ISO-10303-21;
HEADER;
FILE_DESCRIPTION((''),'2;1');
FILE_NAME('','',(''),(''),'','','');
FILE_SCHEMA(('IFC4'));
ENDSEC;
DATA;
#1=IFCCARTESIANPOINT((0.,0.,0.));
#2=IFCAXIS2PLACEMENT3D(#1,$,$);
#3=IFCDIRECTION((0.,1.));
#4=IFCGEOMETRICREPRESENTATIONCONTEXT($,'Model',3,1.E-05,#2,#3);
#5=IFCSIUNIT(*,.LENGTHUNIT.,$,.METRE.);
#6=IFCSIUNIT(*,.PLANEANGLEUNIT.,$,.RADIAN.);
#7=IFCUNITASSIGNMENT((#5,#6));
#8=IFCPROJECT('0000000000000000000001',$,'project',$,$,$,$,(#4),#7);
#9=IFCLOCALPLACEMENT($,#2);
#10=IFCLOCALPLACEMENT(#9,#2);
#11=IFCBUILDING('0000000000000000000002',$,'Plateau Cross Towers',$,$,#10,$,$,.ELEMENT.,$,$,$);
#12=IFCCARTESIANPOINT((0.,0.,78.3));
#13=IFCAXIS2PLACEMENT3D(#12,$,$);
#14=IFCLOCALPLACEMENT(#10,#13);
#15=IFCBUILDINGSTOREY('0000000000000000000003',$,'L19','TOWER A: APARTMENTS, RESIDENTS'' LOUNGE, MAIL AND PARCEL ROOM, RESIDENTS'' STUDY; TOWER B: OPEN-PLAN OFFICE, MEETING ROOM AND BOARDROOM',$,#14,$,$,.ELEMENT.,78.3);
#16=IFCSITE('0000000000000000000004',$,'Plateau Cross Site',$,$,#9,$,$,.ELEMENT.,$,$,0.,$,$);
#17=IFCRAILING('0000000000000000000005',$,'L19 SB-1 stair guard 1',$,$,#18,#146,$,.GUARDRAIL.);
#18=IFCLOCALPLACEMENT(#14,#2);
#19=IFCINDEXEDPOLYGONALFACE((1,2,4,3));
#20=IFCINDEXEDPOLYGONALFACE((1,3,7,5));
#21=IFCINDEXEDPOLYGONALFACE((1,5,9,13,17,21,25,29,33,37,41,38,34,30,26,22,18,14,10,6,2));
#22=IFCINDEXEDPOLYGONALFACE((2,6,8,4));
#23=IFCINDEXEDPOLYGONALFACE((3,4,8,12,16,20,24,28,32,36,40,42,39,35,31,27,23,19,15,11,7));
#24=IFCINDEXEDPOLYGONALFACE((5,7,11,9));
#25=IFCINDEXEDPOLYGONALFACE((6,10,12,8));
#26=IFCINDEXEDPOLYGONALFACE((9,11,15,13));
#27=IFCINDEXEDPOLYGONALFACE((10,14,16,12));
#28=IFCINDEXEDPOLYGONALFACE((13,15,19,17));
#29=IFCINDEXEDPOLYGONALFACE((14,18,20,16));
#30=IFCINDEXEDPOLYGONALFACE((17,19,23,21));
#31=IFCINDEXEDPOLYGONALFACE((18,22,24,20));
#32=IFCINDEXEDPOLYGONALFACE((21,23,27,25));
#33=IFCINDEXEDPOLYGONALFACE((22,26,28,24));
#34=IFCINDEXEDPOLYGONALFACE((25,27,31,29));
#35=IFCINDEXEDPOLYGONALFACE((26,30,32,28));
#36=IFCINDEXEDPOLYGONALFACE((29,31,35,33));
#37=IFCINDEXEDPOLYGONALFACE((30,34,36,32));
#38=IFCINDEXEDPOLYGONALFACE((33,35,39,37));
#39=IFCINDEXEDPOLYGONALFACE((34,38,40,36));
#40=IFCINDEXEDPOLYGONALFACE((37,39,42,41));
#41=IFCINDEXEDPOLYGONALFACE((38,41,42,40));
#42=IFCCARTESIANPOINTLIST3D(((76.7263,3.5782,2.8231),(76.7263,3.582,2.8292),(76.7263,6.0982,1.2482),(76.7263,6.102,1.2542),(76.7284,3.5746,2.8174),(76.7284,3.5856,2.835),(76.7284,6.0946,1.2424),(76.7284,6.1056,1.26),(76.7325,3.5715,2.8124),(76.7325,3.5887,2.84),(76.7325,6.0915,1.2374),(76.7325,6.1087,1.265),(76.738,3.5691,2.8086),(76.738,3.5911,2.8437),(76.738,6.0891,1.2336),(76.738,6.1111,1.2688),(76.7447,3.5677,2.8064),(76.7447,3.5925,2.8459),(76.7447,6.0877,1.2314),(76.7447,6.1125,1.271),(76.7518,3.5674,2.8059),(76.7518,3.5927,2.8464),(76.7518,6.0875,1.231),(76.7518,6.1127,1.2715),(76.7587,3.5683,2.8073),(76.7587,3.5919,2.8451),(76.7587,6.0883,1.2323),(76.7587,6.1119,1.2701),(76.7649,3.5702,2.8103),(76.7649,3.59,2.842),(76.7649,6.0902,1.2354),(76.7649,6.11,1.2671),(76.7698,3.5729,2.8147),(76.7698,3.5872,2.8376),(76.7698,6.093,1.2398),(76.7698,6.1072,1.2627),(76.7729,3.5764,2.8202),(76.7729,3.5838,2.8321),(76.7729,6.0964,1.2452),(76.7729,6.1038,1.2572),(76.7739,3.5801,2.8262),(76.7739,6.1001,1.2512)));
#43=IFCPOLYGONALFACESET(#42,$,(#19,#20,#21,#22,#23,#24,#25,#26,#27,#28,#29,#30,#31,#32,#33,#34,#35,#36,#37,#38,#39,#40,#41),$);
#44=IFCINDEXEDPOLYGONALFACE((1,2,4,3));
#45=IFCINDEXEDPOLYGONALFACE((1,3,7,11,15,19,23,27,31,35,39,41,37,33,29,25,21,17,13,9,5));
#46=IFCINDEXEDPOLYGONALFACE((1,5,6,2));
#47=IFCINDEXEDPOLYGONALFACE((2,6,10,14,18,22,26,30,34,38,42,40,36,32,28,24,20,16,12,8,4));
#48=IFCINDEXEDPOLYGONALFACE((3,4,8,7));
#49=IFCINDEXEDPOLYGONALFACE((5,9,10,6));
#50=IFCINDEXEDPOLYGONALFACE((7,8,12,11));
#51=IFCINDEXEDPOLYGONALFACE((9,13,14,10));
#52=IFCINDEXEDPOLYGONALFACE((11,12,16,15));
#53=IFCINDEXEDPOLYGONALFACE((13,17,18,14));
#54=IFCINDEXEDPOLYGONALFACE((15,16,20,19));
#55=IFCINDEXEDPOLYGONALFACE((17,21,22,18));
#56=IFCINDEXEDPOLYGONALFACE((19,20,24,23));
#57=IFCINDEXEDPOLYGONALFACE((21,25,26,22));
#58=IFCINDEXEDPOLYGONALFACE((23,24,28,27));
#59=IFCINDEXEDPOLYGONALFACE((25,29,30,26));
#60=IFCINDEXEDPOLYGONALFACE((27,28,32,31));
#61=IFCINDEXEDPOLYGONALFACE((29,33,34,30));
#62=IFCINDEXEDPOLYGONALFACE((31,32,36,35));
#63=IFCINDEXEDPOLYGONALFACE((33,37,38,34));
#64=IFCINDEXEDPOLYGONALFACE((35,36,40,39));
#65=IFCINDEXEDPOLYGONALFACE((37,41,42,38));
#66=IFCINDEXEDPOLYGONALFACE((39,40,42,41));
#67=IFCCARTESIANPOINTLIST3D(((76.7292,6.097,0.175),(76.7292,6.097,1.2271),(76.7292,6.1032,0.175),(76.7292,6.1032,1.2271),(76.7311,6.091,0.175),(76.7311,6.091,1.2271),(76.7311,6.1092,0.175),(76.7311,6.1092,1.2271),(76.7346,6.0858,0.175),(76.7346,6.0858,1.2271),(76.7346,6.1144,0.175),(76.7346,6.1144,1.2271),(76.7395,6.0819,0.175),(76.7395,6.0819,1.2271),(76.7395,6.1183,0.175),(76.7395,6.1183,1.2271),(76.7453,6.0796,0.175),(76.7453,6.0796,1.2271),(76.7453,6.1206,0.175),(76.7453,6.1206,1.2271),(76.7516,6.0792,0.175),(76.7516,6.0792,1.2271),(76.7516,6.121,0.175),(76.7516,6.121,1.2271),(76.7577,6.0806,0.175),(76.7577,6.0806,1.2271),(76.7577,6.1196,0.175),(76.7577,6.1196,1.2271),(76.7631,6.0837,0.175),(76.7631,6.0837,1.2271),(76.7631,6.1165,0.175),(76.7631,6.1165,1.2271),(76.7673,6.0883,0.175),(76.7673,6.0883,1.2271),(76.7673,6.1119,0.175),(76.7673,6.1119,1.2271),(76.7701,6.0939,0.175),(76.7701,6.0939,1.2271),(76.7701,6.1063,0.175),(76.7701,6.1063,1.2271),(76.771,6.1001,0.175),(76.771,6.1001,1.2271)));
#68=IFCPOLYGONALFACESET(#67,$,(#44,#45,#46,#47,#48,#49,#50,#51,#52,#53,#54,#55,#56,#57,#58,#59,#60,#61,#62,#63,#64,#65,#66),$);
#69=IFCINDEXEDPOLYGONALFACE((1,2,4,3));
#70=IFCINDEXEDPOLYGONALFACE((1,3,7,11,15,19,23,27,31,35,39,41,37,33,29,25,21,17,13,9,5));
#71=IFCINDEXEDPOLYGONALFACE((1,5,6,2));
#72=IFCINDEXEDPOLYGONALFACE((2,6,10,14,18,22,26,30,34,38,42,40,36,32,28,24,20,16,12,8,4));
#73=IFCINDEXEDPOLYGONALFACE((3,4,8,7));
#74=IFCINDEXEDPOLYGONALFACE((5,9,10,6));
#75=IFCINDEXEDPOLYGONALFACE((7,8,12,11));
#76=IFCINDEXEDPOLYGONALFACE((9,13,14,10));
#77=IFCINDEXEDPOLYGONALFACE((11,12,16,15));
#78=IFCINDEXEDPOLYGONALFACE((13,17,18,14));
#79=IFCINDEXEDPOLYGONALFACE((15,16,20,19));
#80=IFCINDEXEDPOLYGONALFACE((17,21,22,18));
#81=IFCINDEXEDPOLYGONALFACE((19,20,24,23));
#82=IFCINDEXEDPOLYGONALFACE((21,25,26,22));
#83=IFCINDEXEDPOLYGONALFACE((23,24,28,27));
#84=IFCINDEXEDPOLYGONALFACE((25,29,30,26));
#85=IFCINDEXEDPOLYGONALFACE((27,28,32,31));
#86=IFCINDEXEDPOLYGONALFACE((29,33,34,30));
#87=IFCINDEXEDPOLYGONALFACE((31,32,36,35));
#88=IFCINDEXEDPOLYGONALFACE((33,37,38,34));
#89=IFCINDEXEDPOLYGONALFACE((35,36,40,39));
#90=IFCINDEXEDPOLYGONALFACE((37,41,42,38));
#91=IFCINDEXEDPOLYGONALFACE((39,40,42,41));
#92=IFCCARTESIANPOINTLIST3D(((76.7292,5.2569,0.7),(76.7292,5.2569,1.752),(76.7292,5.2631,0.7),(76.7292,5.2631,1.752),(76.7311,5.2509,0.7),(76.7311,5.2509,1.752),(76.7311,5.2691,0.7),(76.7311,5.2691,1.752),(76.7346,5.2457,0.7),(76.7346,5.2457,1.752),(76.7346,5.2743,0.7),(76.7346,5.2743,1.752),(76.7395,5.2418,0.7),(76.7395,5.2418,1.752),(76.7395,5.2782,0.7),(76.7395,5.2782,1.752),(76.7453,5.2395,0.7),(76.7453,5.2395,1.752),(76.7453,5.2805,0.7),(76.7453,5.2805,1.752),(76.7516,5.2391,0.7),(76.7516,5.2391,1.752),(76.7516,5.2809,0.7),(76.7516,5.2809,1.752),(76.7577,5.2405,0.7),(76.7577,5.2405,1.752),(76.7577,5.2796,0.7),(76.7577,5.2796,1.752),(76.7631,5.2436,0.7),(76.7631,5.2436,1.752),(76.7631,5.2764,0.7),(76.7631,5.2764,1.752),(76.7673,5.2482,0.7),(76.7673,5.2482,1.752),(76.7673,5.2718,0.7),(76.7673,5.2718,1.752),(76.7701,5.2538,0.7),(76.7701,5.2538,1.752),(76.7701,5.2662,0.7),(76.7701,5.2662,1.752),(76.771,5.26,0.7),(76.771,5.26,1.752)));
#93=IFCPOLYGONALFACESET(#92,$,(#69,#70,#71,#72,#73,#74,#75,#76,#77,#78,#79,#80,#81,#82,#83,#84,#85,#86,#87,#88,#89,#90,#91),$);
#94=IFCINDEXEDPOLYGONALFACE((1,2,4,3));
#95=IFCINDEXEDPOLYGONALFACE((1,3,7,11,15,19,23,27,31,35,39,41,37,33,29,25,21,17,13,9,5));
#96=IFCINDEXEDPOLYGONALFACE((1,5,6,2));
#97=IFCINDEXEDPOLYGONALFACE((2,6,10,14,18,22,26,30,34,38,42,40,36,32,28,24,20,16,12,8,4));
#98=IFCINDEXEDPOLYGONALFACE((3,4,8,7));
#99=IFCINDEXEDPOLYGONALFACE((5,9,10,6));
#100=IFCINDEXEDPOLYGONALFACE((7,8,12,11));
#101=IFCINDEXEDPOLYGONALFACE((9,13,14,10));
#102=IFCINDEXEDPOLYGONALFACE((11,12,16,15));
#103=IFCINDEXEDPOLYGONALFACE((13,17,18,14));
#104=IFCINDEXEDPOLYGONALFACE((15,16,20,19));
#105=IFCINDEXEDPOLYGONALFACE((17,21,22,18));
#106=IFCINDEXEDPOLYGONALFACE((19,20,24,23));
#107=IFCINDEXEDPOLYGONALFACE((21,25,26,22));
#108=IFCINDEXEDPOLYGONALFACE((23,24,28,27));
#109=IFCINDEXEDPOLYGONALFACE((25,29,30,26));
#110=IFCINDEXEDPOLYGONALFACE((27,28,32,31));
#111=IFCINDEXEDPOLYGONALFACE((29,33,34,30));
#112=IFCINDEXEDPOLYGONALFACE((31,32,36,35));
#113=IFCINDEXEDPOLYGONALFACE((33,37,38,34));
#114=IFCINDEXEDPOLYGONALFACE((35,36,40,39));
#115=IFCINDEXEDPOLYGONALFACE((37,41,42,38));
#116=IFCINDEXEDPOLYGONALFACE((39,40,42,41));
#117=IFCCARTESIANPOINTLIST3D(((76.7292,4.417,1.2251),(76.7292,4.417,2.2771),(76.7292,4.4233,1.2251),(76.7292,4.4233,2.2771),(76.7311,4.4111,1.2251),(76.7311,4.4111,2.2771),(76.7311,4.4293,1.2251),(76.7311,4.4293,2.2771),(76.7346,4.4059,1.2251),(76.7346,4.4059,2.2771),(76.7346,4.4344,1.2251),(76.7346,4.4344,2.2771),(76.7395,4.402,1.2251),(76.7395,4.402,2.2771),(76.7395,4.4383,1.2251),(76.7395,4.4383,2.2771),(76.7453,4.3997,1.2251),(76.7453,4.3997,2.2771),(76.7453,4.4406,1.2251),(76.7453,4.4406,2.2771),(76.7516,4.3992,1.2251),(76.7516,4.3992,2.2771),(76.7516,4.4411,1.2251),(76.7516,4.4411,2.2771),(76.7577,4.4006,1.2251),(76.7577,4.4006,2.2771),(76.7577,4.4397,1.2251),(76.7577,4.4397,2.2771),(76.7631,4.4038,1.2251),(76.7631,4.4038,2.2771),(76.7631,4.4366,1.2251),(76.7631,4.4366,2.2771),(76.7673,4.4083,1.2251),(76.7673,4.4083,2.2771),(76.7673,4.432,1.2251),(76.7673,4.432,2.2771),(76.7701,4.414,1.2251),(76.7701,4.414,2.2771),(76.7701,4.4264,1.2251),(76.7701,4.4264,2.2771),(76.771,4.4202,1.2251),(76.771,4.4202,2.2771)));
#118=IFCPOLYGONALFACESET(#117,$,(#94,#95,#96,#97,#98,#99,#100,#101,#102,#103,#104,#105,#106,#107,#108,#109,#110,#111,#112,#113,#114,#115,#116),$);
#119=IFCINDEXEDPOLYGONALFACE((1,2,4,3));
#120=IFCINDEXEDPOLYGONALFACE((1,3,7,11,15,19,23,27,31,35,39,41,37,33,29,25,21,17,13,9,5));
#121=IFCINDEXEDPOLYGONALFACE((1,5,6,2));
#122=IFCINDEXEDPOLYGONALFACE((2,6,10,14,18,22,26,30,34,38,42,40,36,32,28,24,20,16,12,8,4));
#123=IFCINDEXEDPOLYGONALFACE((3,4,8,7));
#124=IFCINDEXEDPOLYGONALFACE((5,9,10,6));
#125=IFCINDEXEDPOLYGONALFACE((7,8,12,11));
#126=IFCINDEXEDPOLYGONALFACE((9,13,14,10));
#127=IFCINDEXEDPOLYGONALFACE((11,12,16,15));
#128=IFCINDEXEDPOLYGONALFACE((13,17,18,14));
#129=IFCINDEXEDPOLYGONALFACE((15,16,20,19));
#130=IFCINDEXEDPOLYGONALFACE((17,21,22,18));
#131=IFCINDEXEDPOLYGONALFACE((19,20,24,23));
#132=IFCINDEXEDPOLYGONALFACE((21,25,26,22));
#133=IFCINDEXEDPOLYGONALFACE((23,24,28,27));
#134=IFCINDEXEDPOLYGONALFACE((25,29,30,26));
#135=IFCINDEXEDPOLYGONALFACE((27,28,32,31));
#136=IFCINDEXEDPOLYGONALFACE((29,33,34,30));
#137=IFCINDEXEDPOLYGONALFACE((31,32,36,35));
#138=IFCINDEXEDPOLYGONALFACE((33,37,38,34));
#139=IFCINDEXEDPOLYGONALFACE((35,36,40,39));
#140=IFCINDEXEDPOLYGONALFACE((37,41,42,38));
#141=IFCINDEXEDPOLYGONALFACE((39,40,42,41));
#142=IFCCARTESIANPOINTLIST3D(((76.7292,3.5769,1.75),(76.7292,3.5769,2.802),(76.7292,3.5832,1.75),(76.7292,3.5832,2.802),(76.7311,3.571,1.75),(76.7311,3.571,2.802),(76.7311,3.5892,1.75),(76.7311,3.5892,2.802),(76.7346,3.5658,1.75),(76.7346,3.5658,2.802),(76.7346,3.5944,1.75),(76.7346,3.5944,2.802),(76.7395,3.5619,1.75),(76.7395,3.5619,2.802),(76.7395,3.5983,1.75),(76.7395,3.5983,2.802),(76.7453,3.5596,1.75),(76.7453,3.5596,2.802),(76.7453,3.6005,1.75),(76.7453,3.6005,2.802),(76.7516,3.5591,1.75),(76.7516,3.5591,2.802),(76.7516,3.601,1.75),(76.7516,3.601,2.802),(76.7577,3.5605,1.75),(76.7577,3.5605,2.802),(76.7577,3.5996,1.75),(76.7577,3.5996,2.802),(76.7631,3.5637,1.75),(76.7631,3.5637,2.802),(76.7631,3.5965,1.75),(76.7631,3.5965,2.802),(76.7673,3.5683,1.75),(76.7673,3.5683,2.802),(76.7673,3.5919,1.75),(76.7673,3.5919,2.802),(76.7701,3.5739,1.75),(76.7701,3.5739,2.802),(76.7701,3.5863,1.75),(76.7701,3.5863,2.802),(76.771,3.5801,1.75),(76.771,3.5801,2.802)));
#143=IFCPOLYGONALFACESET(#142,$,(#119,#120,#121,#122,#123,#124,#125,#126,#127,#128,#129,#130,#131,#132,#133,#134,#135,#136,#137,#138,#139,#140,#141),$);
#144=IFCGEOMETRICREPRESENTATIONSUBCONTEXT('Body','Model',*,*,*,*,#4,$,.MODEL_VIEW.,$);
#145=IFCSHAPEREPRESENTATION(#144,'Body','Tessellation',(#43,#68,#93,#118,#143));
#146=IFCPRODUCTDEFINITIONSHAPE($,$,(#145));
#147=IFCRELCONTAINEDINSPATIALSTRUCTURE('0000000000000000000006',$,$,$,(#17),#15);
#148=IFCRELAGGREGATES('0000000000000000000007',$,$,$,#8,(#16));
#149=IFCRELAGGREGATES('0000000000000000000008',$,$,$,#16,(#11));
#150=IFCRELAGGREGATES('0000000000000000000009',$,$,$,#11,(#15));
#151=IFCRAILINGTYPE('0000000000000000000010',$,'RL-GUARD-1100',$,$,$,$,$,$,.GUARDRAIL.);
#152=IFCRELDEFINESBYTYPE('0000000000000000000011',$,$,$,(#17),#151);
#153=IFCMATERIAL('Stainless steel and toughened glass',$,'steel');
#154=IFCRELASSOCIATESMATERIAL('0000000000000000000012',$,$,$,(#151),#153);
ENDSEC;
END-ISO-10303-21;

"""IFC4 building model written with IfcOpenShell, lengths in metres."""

from ifc_helpers import new_model, si_unit, direction, frame, origin, origin_2d, place, context, subcontext, project, spatial, circle, extrude, material, type_object, element, save


model = new_model("IFC4")

# Units and contexts
model_context = context("Model", 3, precision=1e-05, world=origin(), true_north=direction((0.0, 1.0)))
body_context = subcontext(model_context, "Body", "Model", "MODEL_VIEW")
ifc_project = project(units=[si_unit("LENGTHUNIT", "METRE"), si_unit("PLANEANGLEUNIT", "RADIAN")], contexts=[model_context])

# Site, building, storey
site_placement = place(None, origin())
site = spatial("IfcSite", under=ifc_project, at=site_placement, Name="Plateau Cross Site", CompositionType="ELEMENT", RefElevation=0.0)
building_placement = place(site_placement, origin())
building = spatial("IfcBuilding", under=site, at=building_placement, Name="Plateau Cross Towers", CompositionType="ELEMENT")
storey_placement = place(building_placement, frame((0.0, 0.0, 78.3)))
storey = spatial("IfcBuildingStorey", under=building, at=storey_placement, Name="L19", Description="TOWER A: APARTMENTS, RESIDENTS' LOUNGE, MAIL AND PARCEL ROOM, RESIDENTS' STUDY; TOWER B: OPEN-PLAN OFFICE, MEETING ROOM AND BOARDROOM", CompositionType="ELEMENT", Elevation=78.3)

# Railing
ifc_material_1 = material(Name="Stainless steel and toughened glass", Category="steel")
railing_type_1 = type_object("IfcRailingType", Name="RL-GUARD-1100", PredefinedType="GUARDRAIL", material=ifc_material_1)
railing_1_placement = place(storey_placement, frame((76.75, 6.1001, 0.175)))
element("IfcRailing", 1, at=railing_1_placement, inside=storey, type_object=railing_type_1, Name="L19 SB-1 stair guard 1", PredefinedType="GUARDRAIL", context=body_context, shape_type="SweptSolid", body=[
    extrude(circle(Radius=0.0239, at=origin_2d()), frame((0.0, 0.0, 1.0762), z_axis=(0.0, -0.848008, 0.529984), x_axis=(1.0, 0.0, 0.0)), (0.0, 0.0, 1.0), 2.9717),
    extrude(circle(Radius=0.021, at=origin_2d()), origin(), (0.0, 0.0, 1.0), 1.052),
    extrude(circle(Radius=0.021, at=origin_2d()), frame((0.0, -0.8401, 0.5249)), (0.0, 0.0, 1.0), 1.052),
    extrude(circle(Radius=0.021, at=origin_2d()), frame((0.0, -1.6799, 1.05)), (0.0, 0.0, 1.0), 1.052),
    extrude(circle(Radius=0.021, at=origin_2d()), frame((0.0, -2.52, 1.575)), (0.0, 0.0, 1.0), 1.052),
])

save(model, "model.ifc")
